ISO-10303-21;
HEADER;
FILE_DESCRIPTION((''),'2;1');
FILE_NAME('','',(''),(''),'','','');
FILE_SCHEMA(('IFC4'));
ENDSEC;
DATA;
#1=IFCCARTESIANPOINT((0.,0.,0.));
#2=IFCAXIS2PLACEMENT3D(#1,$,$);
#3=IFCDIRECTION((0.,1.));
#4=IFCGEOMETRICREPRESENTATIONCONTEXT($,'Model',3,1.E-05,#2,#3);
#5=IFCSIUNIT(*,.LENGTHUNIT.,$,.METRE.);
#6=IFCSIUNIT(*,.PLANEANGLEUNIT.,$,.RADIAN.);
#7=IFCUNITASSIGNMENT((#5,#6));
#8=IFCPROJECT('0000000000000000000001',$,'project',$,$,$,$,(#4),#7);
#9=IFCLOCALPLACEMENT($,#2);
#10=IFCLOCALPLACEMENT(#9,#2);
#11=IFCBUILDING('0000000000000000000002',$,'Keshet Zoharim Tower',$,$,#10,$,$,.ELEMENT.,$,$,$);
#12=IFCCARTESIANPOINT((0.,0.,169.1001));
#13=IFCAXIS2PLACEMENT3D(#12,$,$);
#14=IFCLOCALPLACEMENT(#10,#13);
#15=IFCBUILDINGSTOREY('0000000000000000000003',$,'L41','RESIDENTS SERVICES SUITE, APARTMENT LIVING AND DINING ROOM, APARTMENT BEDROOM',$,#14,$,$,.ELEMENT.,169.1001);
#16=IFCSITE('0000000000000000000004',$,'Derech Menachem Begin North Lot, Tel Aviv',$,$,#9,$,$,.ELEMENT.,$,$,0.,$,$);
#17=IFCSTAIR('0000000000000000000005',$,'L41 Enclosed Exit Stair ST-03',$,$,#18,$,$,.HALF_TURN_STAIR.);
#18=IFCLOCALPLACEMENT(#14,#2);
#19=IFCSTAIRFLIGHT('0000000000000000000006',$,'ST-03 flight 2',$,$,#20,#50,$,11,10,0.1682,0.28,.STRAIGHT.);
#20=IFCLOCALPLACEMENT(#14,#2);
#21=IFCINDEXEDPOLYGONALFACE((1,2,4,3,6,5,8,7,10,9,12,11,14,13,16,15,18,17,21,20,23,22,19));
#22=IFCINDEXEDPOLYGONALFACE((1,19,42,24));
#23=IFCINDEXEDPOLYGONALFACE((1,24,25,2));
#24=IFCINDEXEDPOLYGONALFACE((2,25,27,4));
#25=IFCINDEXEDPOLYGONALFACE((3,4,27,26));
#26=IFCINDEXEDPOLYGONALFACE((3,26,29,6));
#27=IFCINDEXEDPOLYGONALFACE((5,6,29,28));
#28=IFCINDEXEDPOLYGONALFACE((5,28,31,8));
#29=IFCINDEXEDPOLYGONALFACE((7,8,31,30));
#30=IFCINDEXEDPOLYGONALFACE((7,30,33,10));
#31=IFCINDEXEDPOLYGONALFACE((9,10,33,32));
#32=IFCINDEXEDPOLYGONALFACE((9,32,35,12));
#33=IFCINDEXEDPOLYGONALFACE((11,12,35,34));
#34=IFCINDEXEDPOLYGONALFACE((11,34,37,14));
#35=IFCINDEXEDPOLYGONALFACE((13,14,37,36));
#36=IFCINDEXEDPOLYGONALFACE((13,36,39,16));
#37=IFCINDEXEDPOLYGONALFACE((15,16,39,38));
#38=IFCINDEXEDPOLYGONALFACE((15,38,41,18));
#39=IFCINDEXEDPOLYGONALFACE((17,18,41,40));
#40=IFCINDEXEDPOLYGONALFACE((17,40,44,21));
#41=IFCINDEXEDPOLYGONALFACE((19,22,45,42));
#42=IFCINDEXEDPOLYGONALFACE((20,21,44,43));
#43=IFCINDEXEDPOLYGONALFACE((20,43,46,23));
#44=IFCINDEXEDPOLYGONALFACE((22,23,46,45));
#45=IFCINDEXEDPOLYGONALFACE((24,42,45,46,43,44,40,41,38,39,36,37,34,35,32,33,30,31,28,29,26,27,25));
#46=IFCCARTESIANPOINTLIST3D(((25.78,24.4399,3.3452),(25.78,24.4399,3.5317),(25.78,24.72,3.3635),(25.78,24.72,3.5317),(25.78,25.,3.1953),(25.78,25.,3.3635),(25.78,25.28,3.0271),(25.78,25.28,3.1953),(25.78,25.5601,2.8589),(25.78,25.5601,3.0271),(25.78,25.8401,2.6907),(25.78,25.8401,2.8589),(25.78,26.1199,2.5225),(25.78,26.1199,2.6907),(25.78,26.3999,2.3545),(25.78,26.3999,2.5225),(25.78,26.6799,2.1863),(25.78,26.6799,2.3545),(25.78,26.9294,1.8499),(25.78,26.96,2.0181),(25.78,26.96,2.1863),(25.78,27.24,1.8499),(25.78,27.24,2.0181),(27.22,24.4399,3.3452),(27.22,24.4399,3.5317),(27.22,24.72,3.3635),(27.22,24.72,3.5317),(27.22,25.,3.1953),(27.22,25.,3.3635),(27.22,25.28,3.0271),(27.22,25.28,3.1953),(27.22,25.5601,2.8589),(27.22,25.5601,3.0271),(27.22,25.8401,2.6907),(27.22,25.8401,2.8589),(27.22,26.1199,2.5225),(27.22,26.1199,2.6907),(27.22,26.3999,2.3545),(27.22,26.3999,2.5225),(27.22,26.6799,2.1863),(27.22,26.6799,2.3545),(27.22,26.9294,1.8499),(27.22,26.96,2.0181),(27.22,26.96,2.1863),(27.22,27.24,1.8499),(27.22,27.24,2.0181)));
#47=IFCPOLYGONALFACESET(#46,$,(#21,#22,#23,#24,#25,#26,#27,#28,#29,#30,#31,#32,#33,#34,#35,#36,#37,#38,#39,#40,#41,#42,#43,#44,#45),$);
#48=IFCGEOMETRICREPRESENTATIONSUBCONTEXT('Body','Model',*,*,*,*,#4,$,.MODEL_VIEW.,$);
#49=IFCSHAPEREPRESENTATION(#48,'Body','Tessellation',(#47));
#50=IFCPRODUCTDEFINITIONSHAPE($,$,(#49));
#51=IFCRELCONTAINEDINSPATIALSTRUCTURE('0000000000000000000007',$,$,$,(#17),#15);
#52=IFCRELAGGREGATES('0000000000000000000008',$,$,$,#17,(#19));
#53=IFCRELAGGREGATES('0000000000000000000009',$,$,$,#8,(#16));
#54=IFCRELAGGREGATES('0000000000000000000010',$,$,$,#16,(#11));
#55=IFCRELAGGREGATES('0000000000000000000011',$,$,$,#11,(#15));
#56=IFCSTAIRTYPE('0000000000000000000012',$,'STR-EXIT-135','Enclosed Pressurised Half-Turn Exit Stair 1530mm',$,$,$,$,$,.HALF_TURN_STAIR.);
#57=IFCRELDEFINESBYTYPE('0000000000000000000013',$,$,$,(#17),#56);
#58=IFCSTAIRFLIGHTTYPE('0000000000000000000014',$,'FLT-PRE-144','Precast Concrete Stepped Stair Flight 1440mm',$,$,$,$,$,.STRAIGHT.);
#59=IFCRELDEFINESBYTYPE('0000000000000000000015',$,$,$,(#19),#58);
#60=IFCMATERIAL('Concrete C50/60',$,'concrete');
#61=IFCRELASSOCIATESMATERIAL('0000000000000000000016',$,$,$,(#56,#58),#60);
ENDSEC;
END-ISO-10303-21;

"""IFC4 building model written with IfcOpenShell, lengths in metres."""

from ifc_helpers import new_model, si_unit, direction, frame, origin, place, context, subcontext, project, spatial, polyline, outline, extrude, material, type_object, element, aggregate, save


model = new_model("IFC4")

# Units and contexts
model_context = context("Model", 3, precision=1e-05, world=origin(), true_north=direction((0.0, 1.0)))
body_context = subcontext(model_context, "Body", "Model", "MODEL_VIEW")
ifc_project = project(units=[si_unit("LENGTHUNIT", "METRE"), si_unit("PLANEANGLEUNIT", "RADIAN")], contexts=[model_context])

# Site, building, storey
site_placement = place(None, origin())
site = spatial("IfcSite", under=ifc_project, at=site_placement, Name="Derech Menachem Begin North Lot, Tel Aviv", CompositionType="ELEMENT", RefElevation=0.0)
building_placement = place(site_placement, origin())
building = spatial("IfcBuilding", under=site, at=building_placement, Name="Keshet Zoharim Tower", CompositionType="ELEMENT")
storey_placement = place(building_placement, frame((0.0, 0.0, 169.1001)))
storey = spatial("IfcBuildingStorey", under=building, at=storey_placement, Name="L41", Description="RESIDENTS SERVICES SUITE, APARTMENT LIVING AND DINING ROOM, APARTMENT BEDROOM", CompositionType="ELEMENT", Elevation=169.1001)

# Shared definitions
ifc_material_1 = material(Name="Concrete C50/60", Category="concrete")

# Stair, stair flight
stair_type = type_object("IfcStairType", Name="STR-EXIT-135", Description="Enclosed Pressurised Half-Turn Exit Stair 1530mm", PredefinedType="HALF_TURN_STAIR", material=ifc_material_1)
stair_1_placement = place(storey_placement, origin())
stair_1 = element("IfcStair", 1, at=stair_1_placement, inside=storey, type_object=stair_type, Name="L41 Enclosed Exit Stair ST-03", PredefinedType="HALF_TURN_STAIR")
stair_flight_type_1 = type_object("IfcStairFlightType", Name="FLT-PRE-144", Description="Precast Concrete Stepped Stair Flight 1440mm", PredefinedType="STRAIGHT", material=ifc_material_1)
stair_flight_1_placement = place(storey_placement, frame((26.5, 27.24, 1.8499), z_axis=(0.0, 0.0, 1.0), x_axis=(0.0, -1.0, 0.0)))
stair_flight_1 = element("IfcStairFlight", 2, at=stair_flight_1_placement, type_object=stair_flight_type_1, Name="ST-03 flight 2", NumberOfRisers=11, NumberOfTreads=10, PredefinedType="STRAIGHT", RiserHeight=0.1682, TreadLength=0.28, context=body_context, shape_type="SweptSolid", body=[
    extrude(outline(polyline([(0.0, 0.0), (0.0, 0.1682), (0.28, 0.1682), (0.28, 0.3364), (0.5601, 0.3364), (0.5601, 0.5046), (0.8401, 0.5046), (0.8401, 0.6726), (1.1201, 0.6726), (1.1201, 0.8408), (1.3999, 0.8408), (1.3999, 1.009), (1.6799, 1.009), (1.6799, 1.1772), (1.96, 1.1772), (1.96, 1.3455), (2.24, 1.3455), (2.24, 1.5137), (2.52, 1.5137), (2.52, 1.6819), (2.8, 1.6819), (2.8, 1.8501), (2.8, 1.4954), (0.3105, 0.0), (0.0, 0.0)])), frame((0.0, 0.72, 0.0), z_axis=(0.0, -1.0, 0.0), x_axis=(1.0, 0.0, 0.0)), (0.0, 0.0, 1.0), 1.4399),
])
aggregate(stair_1, [stair_flight_1])

save(model, "model.ifc")
